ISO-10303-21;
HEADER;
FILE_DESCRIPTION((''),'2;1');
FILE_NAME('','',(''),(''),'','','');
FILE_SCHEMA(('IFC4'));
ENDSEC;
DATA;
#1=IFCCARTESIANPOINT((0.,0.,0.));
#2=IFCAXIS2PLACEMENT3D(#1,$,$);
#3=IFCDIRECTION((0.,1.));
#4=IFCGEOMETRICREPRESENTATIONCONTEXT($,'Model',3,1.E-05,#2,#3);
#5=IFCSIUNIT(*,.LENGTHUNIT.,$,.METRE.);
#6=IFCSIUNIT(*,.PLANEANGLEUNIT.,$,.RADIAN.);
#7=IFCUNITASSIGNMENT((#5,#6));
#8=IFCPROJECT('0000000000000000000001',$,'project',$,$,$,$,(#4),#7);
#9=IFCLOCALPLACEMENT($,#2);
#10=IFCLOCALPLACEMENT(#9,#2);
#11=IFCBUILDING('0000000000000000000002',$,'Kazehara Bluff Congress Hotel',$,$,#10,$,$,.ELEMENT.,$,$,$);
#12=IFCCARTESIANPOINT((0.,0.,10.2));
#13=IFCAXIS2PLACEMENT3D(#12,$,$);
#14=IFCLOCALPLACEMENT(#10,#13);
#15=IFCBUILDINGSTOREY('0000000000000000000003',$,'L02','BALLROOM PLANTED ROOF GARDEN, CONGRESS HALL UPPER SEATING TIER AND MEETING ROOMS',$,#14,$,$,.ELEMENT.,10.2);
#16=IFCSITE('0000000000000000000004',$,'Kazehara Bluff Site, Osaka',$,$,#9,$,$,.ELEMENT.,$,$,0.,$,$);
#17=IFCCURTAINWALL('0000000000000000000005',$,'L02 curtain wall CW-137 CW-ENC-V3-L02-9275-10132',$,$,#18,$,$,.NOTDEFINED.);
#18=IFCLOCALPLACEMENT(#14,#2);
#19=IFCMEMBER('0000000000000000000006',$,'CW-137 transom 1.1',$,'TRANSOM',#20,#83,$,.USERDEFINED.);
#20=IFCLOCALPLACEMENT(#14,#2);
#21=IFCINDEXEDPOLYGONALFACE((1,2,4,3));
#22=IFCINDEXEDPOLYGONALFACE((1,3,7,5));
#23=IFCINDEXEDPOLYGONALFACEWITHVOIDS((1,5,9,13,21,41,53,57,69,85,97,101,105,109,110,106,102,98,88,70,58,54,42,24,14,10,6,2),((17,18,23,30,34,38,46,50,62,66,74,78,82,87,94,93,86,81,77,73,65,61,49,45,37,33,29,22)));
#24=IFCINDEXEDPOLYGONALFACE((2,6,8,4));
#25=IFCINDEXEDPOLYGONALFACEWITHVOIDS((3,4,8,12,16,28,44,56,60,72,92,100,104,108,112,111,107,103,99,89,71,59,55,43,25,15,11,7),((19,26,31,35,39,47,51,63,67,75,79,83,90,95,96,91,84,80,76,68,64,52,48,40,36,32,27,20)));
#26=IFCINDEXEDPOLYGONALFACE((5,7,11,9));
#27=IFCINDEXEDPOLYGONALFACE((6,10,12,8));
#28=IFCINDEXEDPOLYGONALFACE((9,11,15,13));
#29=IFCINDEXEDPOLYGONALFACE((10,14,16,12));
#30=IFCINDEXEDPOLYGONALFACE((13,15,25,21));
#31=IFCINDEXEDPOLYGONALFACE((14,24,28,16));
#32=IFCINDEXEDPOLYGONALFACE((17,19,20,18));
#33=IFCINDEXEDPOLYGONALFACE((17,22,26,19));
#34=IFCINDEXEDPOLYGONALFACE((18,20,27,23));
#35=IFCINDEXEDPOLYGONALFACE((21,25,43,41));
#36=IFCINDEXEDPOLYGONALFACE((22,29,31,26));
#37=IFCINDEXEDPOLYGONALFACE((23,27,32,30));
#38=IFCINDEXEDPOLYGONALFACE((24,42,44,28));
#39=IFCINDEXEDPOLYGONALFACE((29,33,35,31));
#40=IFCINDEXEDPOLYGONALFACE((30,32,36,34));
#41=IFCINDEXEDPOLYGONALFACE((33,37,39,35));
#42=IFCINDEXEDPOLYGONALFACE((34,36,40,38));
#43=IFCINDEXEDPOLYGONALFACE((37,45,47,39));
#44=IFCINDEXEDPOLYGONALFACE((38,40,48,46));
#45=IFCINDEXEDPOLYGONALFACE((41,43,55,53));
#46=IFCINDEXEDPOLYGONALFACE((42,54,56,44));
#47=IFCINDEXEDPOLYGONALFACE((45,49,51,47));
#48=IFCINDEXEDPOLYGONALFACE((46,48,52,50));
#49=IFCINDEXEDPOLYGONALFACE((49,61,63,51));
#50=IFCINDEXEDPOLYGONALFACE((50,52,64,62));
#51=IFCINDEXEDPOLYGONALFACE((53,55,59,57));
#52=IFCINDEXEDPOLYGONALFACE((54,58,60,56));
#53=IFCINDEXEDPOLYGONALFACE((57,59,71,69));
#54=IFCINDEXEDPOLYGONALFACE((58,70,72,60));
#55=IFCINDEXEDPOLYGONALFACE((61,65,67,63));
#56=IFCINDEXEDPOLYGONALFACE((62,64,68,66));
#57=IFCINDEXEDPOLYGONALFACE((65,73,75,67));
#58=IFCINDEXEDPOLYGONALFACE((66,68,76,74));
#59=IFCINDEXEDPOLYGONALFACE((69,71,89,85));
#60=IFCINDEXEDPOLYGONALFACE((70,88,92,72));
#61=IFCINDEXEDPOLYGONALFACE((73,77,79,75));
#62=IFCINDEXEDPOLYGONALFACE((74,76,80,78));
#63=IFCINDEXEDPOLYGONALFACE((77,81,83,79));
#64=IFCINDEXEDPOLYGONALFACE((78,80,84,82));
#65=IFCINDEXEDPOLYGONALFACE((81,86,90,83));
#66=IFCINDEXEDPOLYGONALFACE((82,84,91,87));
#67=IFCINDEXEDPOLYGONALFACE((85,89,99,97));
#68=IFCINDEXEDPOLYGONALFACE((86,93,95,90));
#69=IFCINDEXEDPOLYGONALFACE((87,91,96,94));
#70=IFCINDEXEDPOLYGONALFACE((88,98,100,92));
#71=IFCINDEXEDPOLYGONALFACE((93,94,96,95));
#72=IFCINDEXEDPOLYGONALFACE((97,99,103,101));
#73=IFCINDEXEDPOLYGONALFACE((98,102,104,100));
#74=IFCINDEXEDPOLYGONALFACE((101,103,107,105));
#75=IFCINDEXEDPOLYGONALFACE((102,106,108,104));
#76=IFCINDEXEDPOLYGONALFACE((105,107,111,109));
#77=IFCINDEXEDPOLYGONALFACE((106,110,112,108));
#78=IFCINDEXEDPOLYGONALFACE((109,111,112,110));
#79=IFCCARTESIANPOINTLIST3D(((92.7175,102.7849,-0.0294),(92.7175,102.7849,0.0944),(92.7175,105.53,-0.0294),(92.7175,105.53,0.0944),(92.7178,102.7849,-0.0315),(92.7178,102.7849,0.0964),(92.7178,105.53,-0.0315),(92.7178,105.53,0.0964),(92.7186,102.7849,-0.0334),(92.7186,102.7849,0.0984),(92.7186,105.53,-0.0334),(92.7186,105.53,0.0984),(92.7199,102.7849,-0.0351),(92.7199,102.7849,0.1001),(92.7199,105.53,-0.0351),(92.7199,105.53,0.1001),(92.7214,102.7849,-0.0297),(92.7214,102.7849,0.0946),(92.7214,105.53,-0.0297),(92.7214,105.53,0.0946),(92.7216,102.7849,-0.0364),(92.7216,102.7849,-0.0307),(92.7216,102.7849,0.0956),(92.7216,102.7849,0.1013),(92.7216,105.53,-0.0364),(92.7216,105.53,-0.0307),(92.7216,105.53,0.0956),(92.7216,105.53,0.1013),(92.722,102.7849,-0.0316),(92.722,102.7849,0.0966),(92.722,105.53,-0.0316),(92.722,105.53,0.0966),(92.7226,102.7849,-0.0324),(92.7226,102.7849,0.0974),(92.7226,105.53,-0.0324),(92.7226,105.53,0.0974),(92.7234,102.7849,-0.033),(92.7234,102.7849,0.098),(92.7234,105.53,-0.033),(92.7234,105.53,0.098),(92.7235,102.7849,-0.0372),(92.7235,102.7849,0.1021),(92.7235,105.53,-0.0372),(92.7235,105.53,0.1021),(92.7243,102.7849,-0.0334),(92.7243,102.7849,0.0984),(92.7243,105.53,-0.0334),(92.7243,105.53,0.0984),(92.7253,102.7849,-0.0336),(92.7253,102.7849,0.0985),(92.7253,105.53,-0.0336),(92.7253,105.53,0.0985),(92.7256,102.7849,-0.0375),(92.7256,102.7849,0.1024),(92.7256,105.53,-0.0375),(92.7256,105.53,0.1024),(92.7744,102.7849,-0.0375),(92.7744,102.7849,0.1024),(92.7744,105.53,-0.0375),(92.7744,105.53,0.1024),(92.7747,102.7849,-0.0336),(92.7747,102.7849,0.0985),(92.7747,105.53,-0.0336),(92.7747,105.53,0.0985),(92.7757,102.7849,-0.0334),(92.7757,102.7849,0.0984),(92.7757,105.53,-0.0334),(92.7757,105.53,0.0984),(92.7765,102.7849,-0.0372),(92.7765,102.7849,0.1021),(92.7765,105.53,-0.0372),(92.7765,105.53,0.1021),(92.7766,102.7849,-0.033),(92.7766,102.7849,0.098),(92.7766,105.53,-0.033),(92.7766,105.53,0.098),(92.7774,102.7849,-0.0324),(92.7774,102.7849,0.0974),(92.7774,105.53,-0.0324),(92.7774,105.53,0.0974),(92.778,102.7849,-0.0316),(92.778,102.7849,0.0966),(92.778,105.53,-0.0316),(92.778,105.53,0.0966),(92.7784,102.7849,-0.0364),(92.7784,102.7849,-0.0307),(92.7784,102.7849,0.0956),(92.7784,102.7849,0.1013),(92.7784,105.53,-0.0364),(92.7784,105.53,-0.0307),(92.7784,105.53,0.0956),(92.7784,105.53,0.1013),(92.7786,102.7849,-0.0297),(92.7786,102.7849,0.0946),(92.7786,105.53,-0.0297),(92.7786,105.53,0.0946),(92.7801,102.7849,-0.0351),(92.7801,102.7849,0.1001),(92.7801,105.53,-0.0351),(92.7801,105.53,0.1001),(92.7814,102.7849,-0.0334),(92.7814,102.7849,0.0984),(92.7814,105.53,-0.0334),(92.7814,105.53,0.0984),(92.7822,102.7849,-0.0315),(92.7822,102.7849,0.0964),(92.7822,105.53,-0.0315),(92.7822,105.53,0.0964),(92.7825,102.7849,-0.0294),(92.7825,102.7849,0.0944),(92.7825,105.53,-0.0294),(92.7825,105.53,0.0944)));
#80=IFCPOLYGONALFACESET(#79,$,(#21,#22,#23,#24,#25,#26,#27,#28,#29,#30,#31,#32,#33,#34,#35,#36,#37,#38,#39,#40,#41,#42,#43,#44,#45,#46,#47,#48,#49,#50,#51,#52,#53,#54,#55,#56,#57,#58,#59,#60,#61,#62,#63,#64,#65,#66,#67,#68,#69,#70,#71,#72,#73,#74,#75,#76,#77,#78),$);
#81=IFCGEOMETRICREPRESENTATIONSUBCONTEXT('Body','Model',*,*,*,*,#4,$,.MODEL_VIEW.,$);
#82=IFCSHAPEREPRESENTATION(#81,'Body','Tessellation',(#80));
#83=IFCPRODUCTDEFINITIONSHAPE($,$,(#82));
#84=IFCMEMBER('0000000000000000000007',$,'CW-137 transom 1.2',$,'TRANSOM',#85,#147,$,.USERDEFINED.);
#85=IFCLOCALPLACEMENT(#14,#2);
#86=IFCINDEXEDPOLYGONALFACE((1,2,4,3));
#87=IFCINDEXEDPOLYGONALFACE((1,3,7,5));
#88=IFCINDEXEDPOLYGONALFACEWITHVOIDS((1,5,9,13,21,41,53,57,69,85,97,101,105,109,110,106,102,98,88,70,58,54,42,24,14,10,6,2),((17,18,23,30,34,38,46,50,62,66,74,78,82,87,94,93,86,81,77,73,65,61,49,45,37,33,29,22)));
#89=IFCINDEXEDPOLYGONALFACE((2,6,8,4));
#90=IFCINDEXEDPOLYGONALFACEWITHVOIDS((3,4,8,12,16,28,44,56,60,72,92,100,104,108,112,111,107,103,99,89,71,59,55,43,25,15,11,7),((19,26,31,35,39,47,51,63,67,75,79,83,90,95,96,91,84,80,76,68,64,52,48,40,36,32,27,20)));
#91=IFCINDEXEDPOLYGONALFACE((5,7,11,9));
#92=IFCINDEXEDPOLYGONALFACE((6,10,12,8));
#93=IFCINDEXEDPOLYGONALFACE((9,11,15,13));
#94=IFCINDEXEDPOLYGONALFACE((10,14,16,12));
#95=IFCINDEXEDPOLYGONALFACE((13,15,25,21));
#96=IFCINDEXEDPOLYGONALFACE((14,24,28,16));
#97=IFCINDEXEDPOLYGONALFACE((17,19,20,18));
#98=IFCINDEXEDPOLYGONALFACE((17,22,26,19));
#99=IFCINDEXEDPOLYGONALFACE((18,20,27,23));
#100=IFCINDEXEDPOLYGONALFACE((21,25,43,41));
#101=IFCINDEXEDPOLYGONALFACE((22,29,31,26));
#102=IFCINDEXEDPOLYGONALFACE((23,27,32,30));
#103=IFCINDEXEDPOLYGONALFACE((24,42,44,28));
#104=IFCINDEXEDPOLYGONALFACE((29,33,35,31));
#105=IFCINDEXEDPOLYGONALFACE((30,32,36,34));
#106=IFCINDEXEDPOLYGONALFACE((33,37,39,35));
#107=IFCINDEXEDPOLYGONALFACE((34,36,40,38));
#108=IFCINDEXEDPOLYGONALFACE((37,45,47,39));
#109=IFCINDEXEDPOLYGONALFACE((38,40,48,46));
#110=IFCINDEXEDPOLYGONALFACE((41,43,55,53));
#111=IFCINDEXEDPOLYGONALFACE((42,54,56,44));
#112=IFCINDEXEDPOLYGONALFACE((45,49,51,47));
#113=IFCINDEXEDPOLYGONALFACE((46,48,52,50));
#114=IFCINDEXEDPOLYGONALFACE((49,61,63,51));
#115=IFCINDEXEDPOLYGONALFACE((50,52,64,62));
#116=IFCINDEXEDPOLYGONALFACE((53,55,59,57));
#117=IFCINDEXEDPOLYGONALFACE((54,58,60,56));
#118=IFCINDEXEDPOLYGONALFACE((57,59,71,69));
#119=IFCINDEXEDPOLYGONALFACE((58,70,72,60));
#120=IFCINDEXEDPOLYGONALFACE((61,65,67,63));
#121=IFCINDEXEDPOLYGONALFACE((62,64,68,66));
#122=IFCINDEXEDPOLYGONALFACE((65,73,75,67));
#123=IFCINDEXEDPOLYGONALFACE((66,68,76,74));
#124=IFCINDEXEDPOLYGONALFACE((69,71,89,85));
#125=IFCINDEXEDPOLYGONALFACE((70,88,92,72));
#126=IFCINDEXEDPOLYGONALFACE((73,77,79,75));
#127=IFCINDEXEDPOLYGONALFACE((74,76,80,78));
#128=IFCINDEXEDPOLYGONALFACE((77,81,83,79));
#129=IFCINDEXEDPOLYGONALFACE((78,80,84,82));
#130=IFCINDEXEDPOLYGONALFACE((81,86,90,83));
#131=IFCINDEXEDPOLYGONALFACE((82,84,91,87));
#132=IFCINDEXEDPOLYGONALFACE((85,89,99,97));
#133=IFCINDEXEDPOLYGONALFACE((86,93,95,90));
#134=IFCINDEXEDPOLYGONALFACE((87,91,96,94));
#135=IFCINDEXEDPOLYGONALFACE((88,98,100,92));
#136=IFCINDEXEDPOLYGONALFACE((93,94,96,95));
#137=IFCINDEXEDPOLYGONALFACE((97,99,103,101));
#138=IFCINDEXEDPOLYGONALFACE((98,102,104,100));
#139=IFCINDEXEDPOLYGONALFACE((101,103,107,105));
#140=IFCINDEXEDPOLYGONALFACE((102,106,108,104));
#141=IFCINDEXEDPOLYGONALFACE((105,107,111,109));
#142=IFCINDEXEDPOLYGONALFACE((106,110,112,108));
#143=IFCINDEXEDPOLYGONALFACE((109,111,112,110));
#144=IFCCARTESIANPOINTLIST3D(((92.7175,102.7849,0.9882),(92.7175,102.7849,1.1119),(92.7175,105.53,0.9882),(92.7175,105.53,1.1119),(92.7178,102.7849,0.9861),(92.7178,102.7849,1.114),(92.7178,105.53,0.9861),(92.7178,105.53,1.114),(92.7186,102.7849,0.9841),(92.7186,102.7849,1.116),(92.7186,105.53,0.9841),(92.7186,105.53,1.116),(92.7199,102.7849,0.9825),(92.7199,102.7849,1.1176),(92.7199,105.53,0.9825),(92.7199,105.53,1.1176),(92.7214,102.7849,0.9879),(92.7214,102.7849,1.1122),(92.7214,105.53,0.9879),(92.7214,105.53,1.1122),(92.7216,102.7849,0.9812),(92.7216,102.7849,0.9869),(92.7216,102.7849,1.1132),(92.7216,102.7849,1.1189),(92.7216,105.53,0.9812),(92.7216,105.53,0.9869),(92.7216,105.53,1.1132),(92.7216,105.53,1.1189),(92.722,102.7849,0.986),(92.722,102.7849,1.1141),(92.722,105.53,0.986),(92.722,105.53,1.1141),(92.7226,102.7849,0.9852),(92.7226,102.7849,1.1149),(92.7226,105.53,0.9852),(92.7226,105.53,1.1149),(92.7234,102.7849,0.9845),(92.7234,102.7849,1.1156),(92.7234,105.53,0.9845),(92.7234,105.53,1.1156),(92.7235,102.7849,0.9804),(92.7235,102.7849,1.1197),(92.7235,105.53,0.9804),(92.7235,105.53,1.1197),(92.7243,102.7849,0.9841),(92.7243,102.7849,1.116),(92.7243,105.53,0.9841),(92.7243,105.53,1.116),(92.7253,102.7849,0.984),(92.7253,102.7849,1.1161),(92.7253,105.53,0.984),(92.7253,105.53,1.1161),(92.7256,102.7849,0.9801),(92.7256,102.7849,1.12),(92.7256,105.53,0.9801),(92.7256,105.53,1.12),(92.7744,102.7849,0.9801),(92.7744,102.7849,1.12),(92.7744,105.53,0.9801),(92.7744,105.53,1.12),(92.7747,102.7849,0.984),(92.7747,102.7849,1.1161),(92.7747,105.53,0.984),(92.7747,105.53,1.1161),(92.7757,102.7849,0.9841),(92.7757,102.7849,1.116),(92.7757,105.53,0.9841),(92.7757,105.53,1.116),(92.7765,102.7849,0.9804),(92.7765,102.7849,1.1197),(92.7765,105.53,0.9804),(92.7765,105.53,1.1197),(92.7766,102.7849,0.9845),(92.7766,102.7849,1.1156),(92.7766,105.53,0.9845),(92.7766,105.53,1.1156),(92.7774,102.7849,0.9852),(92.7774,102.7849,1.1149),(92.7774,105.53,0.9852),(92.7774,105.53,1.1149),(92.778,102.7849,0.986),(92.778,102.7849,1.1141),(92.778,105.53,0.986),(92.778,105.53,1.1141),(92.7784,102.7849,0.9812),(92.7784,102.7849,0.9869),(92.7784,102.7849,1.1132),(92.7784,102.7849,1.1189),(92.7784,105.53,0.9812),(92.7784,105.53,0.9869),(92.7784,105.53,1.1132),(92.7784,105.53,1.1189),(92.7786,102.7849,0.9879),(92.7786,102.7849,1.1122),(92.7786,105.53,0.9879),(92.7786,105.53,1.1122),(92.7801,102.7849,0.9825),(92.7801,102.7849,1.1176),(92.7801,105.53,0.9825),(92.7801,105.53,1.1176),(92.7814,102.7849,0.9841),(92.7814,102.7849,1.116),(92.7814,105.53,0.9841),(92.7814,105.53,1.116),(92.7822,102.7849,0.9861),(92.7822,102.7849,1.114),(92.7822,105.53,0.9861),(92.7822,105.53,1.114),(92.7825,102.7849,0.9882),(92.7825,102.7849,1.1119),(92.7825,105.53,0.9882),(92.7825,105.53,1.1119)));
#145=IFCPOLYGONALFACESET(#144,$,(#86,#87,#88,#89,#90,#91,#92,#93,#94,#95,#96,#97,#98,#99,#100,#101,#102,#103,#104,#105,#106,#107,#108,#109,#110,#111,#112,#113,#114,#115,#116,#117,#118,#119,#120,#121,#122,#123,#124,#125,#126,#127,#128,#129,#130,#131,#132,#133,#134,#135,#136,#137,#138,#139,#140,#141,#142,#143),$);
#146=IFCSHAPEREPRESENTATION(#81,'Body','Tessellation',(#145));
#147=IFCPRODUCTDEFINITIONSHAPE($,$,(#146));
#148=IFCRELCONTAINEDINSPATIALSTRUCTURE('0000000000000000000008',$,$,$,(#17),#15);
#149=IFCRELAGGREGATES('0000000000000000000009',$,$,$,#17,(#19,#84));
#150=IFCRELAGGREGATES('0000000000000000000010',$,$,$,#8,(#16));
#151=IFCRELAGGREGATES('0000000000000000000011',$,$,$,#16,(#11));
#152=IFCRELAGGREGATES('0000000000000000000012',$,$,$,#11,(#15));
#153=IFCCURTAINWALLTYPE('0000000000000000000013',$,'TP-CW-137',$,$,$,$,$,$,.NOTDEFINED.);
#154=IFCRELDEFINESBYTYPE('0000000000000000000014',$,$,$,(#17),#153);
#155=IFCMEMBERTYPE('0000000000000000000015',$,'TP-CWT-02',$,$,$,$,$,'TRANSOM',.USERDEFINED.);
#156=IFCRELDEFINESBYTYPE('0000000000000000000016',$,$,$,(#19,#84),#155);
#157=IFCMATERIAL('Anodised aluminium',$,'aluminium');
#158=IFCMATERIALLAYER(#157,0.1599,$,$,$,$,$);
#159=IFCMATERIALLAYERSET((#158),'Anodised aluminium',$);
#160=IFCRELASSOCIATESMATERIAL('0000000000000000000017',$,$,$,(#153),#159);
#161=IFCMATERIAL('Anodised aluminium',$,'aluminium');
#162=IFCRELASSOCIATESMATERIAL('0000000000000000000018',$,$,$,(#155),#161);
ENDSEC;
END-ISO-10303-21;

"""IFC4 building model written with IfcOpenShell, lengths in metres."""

from ifc_helpers import new_model, si_unit, direction, frame, origin, origin_2d, place, context, subcontext, project, spatial, hollow_rectangle, extrude, material, layer, layer_set, material_profile, profile_set, type_object, element, aggregate, save


model = new_model("IFC4")

# Units and contexts
model_context = context("Model", 3, precision=1e-05, world=origin(), true_north=direction((0.0, 1.0)))
body_context = subcontext(model_context, "Body", "Model", "MODEL_VIEW")
ifc_project = project(units=[si_unit("LENGTHUNIT", "METRE"), si_unit("PLANEANGLEUNIT", "RADIAN")], contexts=[model_context])

# Site, building, storey
site_placement = place(None, origin())
site = spatial("IfcSite", under=ifc_project, at=site_placement, Name="Kazehara Bluff Site, Osaka", CompositionType="ELEMENT", RefElevation=0.0)
building_placement = place(site_placement, origin())
building = spatial("IfcBuilding", under=site, at=building_placement, Name="Kazehara Bluff Congress Hotel", CompositionType="ELEMENT")
storey_placement = place(building_placement, frame((0.0, 0.0, 10.2)))
storey = spatial("IfcBuildingStorey", under=building, at=storey_placement, Name="L02", Description="BALLROOM PLANTED ROOF GARDEN, CONGRESS HALL UPPER SEATING TIER AND MEETING ROOMS", CompositionType="ELEMENT", Elevation=10.2)

# Curtain wall
ifc_material_1 = material(Name="Anodised aluminium", Category="aluminium")
ifc_layer_1 = layer(ifc_material_1, 0.1599)
ifc_layer_set_1 = layer_set([ifc_layer_1], Name="Anodised aluminium")
curtain_wall_type_1 = type_object("IfcCurtainWallType", Name="TP-CW-137", PredefinedType="NOTDEFINED", material=ifc_layer_set_1)
curtain_wall_1_placement = place(storey_placement, origin())
curtain_wall_1 = element("IfcCurtainWall", 1, at=curtain_wall_1_placement, inside=storey, type_object=curtain_wall_type_1, Name="L02 curtain wall CW-137 CW-ENC-V3-L02-9275-10132", PredefinedType="NOTDEFINED")

# Members
ifc_material_2 = material(Name="Anodised aluminium", Category="aluminium")
ifc_material_profile_1 = material_profile(ifc_material_2, hollow_rectangle(XDim=0.0649, YDim=0.1399, WallThickness=0.0039, InnerFilletRadius=0.0039, OuterFilletRadius=0.0081, at=origin_2d()))
ifc_profile_set_1 = profile_set([ifc_material_profile_1], Name="Anodised aluminium")
member_type_1 = type_object("IfcMemberType", Name="TP-CWT-02", ElementType="TRANSOM", PredefinedType="USERDEFINED", material=ifc_profile_set_1)
member_1_placement = place(storey_placement, frame((92.75, 105.53, 0.0325), z_axis=(0.0, -1.0, 0.0), x_axis=(1.0, 0.0, 0.0)))
member_1 = element("IfcMember", 2, at=member_1_placement, type_object=member_type_1, Name="CW-137 transom 1.1", ObjectType="TRANSOM", PredefinedType="USERDEFINED", context=body_context, shape_type="SweptSolid", body=[
    extrude(hollow_rectangle(XDim=0.0649, YDim=0.1399, WallThickness=0.0039, InnerFilletRadius=0.0039, OuterFilletRadius=0.0081, at=origin_2d()), origin(), (0.0, 0.0, 1.0), 2.7451),
])
member_2_placement = place(storey_placement, frame((92.75, 105.53, 1.05), z_axis=(0.0, -1.0, 0.0), x_axis=(1.0, 0.0, 0.0)))
member_2 = element("IfcMember", 3, at=member_2_placement, type_object=member_type_1, Name="CW-137 transom 1.2", ObjectType="TRANSOM", PredefinedType="USERDEFINED", context=body_context, shape_type="SweptSolid", body=[
    extrude(hollow_rectangle(XDim=0.0649, YDim=0.1399, WallThickness=0.0039, InnerFilletRadius=0.0039, OuterFilletRadius=0.0081, at=origin_2d()), origin(), (0.0, 0.0, 1.0), 2.7451),
])

aggregate(curtain_wall_1, [member_1, member_2])

save(model, "model.ifc")
